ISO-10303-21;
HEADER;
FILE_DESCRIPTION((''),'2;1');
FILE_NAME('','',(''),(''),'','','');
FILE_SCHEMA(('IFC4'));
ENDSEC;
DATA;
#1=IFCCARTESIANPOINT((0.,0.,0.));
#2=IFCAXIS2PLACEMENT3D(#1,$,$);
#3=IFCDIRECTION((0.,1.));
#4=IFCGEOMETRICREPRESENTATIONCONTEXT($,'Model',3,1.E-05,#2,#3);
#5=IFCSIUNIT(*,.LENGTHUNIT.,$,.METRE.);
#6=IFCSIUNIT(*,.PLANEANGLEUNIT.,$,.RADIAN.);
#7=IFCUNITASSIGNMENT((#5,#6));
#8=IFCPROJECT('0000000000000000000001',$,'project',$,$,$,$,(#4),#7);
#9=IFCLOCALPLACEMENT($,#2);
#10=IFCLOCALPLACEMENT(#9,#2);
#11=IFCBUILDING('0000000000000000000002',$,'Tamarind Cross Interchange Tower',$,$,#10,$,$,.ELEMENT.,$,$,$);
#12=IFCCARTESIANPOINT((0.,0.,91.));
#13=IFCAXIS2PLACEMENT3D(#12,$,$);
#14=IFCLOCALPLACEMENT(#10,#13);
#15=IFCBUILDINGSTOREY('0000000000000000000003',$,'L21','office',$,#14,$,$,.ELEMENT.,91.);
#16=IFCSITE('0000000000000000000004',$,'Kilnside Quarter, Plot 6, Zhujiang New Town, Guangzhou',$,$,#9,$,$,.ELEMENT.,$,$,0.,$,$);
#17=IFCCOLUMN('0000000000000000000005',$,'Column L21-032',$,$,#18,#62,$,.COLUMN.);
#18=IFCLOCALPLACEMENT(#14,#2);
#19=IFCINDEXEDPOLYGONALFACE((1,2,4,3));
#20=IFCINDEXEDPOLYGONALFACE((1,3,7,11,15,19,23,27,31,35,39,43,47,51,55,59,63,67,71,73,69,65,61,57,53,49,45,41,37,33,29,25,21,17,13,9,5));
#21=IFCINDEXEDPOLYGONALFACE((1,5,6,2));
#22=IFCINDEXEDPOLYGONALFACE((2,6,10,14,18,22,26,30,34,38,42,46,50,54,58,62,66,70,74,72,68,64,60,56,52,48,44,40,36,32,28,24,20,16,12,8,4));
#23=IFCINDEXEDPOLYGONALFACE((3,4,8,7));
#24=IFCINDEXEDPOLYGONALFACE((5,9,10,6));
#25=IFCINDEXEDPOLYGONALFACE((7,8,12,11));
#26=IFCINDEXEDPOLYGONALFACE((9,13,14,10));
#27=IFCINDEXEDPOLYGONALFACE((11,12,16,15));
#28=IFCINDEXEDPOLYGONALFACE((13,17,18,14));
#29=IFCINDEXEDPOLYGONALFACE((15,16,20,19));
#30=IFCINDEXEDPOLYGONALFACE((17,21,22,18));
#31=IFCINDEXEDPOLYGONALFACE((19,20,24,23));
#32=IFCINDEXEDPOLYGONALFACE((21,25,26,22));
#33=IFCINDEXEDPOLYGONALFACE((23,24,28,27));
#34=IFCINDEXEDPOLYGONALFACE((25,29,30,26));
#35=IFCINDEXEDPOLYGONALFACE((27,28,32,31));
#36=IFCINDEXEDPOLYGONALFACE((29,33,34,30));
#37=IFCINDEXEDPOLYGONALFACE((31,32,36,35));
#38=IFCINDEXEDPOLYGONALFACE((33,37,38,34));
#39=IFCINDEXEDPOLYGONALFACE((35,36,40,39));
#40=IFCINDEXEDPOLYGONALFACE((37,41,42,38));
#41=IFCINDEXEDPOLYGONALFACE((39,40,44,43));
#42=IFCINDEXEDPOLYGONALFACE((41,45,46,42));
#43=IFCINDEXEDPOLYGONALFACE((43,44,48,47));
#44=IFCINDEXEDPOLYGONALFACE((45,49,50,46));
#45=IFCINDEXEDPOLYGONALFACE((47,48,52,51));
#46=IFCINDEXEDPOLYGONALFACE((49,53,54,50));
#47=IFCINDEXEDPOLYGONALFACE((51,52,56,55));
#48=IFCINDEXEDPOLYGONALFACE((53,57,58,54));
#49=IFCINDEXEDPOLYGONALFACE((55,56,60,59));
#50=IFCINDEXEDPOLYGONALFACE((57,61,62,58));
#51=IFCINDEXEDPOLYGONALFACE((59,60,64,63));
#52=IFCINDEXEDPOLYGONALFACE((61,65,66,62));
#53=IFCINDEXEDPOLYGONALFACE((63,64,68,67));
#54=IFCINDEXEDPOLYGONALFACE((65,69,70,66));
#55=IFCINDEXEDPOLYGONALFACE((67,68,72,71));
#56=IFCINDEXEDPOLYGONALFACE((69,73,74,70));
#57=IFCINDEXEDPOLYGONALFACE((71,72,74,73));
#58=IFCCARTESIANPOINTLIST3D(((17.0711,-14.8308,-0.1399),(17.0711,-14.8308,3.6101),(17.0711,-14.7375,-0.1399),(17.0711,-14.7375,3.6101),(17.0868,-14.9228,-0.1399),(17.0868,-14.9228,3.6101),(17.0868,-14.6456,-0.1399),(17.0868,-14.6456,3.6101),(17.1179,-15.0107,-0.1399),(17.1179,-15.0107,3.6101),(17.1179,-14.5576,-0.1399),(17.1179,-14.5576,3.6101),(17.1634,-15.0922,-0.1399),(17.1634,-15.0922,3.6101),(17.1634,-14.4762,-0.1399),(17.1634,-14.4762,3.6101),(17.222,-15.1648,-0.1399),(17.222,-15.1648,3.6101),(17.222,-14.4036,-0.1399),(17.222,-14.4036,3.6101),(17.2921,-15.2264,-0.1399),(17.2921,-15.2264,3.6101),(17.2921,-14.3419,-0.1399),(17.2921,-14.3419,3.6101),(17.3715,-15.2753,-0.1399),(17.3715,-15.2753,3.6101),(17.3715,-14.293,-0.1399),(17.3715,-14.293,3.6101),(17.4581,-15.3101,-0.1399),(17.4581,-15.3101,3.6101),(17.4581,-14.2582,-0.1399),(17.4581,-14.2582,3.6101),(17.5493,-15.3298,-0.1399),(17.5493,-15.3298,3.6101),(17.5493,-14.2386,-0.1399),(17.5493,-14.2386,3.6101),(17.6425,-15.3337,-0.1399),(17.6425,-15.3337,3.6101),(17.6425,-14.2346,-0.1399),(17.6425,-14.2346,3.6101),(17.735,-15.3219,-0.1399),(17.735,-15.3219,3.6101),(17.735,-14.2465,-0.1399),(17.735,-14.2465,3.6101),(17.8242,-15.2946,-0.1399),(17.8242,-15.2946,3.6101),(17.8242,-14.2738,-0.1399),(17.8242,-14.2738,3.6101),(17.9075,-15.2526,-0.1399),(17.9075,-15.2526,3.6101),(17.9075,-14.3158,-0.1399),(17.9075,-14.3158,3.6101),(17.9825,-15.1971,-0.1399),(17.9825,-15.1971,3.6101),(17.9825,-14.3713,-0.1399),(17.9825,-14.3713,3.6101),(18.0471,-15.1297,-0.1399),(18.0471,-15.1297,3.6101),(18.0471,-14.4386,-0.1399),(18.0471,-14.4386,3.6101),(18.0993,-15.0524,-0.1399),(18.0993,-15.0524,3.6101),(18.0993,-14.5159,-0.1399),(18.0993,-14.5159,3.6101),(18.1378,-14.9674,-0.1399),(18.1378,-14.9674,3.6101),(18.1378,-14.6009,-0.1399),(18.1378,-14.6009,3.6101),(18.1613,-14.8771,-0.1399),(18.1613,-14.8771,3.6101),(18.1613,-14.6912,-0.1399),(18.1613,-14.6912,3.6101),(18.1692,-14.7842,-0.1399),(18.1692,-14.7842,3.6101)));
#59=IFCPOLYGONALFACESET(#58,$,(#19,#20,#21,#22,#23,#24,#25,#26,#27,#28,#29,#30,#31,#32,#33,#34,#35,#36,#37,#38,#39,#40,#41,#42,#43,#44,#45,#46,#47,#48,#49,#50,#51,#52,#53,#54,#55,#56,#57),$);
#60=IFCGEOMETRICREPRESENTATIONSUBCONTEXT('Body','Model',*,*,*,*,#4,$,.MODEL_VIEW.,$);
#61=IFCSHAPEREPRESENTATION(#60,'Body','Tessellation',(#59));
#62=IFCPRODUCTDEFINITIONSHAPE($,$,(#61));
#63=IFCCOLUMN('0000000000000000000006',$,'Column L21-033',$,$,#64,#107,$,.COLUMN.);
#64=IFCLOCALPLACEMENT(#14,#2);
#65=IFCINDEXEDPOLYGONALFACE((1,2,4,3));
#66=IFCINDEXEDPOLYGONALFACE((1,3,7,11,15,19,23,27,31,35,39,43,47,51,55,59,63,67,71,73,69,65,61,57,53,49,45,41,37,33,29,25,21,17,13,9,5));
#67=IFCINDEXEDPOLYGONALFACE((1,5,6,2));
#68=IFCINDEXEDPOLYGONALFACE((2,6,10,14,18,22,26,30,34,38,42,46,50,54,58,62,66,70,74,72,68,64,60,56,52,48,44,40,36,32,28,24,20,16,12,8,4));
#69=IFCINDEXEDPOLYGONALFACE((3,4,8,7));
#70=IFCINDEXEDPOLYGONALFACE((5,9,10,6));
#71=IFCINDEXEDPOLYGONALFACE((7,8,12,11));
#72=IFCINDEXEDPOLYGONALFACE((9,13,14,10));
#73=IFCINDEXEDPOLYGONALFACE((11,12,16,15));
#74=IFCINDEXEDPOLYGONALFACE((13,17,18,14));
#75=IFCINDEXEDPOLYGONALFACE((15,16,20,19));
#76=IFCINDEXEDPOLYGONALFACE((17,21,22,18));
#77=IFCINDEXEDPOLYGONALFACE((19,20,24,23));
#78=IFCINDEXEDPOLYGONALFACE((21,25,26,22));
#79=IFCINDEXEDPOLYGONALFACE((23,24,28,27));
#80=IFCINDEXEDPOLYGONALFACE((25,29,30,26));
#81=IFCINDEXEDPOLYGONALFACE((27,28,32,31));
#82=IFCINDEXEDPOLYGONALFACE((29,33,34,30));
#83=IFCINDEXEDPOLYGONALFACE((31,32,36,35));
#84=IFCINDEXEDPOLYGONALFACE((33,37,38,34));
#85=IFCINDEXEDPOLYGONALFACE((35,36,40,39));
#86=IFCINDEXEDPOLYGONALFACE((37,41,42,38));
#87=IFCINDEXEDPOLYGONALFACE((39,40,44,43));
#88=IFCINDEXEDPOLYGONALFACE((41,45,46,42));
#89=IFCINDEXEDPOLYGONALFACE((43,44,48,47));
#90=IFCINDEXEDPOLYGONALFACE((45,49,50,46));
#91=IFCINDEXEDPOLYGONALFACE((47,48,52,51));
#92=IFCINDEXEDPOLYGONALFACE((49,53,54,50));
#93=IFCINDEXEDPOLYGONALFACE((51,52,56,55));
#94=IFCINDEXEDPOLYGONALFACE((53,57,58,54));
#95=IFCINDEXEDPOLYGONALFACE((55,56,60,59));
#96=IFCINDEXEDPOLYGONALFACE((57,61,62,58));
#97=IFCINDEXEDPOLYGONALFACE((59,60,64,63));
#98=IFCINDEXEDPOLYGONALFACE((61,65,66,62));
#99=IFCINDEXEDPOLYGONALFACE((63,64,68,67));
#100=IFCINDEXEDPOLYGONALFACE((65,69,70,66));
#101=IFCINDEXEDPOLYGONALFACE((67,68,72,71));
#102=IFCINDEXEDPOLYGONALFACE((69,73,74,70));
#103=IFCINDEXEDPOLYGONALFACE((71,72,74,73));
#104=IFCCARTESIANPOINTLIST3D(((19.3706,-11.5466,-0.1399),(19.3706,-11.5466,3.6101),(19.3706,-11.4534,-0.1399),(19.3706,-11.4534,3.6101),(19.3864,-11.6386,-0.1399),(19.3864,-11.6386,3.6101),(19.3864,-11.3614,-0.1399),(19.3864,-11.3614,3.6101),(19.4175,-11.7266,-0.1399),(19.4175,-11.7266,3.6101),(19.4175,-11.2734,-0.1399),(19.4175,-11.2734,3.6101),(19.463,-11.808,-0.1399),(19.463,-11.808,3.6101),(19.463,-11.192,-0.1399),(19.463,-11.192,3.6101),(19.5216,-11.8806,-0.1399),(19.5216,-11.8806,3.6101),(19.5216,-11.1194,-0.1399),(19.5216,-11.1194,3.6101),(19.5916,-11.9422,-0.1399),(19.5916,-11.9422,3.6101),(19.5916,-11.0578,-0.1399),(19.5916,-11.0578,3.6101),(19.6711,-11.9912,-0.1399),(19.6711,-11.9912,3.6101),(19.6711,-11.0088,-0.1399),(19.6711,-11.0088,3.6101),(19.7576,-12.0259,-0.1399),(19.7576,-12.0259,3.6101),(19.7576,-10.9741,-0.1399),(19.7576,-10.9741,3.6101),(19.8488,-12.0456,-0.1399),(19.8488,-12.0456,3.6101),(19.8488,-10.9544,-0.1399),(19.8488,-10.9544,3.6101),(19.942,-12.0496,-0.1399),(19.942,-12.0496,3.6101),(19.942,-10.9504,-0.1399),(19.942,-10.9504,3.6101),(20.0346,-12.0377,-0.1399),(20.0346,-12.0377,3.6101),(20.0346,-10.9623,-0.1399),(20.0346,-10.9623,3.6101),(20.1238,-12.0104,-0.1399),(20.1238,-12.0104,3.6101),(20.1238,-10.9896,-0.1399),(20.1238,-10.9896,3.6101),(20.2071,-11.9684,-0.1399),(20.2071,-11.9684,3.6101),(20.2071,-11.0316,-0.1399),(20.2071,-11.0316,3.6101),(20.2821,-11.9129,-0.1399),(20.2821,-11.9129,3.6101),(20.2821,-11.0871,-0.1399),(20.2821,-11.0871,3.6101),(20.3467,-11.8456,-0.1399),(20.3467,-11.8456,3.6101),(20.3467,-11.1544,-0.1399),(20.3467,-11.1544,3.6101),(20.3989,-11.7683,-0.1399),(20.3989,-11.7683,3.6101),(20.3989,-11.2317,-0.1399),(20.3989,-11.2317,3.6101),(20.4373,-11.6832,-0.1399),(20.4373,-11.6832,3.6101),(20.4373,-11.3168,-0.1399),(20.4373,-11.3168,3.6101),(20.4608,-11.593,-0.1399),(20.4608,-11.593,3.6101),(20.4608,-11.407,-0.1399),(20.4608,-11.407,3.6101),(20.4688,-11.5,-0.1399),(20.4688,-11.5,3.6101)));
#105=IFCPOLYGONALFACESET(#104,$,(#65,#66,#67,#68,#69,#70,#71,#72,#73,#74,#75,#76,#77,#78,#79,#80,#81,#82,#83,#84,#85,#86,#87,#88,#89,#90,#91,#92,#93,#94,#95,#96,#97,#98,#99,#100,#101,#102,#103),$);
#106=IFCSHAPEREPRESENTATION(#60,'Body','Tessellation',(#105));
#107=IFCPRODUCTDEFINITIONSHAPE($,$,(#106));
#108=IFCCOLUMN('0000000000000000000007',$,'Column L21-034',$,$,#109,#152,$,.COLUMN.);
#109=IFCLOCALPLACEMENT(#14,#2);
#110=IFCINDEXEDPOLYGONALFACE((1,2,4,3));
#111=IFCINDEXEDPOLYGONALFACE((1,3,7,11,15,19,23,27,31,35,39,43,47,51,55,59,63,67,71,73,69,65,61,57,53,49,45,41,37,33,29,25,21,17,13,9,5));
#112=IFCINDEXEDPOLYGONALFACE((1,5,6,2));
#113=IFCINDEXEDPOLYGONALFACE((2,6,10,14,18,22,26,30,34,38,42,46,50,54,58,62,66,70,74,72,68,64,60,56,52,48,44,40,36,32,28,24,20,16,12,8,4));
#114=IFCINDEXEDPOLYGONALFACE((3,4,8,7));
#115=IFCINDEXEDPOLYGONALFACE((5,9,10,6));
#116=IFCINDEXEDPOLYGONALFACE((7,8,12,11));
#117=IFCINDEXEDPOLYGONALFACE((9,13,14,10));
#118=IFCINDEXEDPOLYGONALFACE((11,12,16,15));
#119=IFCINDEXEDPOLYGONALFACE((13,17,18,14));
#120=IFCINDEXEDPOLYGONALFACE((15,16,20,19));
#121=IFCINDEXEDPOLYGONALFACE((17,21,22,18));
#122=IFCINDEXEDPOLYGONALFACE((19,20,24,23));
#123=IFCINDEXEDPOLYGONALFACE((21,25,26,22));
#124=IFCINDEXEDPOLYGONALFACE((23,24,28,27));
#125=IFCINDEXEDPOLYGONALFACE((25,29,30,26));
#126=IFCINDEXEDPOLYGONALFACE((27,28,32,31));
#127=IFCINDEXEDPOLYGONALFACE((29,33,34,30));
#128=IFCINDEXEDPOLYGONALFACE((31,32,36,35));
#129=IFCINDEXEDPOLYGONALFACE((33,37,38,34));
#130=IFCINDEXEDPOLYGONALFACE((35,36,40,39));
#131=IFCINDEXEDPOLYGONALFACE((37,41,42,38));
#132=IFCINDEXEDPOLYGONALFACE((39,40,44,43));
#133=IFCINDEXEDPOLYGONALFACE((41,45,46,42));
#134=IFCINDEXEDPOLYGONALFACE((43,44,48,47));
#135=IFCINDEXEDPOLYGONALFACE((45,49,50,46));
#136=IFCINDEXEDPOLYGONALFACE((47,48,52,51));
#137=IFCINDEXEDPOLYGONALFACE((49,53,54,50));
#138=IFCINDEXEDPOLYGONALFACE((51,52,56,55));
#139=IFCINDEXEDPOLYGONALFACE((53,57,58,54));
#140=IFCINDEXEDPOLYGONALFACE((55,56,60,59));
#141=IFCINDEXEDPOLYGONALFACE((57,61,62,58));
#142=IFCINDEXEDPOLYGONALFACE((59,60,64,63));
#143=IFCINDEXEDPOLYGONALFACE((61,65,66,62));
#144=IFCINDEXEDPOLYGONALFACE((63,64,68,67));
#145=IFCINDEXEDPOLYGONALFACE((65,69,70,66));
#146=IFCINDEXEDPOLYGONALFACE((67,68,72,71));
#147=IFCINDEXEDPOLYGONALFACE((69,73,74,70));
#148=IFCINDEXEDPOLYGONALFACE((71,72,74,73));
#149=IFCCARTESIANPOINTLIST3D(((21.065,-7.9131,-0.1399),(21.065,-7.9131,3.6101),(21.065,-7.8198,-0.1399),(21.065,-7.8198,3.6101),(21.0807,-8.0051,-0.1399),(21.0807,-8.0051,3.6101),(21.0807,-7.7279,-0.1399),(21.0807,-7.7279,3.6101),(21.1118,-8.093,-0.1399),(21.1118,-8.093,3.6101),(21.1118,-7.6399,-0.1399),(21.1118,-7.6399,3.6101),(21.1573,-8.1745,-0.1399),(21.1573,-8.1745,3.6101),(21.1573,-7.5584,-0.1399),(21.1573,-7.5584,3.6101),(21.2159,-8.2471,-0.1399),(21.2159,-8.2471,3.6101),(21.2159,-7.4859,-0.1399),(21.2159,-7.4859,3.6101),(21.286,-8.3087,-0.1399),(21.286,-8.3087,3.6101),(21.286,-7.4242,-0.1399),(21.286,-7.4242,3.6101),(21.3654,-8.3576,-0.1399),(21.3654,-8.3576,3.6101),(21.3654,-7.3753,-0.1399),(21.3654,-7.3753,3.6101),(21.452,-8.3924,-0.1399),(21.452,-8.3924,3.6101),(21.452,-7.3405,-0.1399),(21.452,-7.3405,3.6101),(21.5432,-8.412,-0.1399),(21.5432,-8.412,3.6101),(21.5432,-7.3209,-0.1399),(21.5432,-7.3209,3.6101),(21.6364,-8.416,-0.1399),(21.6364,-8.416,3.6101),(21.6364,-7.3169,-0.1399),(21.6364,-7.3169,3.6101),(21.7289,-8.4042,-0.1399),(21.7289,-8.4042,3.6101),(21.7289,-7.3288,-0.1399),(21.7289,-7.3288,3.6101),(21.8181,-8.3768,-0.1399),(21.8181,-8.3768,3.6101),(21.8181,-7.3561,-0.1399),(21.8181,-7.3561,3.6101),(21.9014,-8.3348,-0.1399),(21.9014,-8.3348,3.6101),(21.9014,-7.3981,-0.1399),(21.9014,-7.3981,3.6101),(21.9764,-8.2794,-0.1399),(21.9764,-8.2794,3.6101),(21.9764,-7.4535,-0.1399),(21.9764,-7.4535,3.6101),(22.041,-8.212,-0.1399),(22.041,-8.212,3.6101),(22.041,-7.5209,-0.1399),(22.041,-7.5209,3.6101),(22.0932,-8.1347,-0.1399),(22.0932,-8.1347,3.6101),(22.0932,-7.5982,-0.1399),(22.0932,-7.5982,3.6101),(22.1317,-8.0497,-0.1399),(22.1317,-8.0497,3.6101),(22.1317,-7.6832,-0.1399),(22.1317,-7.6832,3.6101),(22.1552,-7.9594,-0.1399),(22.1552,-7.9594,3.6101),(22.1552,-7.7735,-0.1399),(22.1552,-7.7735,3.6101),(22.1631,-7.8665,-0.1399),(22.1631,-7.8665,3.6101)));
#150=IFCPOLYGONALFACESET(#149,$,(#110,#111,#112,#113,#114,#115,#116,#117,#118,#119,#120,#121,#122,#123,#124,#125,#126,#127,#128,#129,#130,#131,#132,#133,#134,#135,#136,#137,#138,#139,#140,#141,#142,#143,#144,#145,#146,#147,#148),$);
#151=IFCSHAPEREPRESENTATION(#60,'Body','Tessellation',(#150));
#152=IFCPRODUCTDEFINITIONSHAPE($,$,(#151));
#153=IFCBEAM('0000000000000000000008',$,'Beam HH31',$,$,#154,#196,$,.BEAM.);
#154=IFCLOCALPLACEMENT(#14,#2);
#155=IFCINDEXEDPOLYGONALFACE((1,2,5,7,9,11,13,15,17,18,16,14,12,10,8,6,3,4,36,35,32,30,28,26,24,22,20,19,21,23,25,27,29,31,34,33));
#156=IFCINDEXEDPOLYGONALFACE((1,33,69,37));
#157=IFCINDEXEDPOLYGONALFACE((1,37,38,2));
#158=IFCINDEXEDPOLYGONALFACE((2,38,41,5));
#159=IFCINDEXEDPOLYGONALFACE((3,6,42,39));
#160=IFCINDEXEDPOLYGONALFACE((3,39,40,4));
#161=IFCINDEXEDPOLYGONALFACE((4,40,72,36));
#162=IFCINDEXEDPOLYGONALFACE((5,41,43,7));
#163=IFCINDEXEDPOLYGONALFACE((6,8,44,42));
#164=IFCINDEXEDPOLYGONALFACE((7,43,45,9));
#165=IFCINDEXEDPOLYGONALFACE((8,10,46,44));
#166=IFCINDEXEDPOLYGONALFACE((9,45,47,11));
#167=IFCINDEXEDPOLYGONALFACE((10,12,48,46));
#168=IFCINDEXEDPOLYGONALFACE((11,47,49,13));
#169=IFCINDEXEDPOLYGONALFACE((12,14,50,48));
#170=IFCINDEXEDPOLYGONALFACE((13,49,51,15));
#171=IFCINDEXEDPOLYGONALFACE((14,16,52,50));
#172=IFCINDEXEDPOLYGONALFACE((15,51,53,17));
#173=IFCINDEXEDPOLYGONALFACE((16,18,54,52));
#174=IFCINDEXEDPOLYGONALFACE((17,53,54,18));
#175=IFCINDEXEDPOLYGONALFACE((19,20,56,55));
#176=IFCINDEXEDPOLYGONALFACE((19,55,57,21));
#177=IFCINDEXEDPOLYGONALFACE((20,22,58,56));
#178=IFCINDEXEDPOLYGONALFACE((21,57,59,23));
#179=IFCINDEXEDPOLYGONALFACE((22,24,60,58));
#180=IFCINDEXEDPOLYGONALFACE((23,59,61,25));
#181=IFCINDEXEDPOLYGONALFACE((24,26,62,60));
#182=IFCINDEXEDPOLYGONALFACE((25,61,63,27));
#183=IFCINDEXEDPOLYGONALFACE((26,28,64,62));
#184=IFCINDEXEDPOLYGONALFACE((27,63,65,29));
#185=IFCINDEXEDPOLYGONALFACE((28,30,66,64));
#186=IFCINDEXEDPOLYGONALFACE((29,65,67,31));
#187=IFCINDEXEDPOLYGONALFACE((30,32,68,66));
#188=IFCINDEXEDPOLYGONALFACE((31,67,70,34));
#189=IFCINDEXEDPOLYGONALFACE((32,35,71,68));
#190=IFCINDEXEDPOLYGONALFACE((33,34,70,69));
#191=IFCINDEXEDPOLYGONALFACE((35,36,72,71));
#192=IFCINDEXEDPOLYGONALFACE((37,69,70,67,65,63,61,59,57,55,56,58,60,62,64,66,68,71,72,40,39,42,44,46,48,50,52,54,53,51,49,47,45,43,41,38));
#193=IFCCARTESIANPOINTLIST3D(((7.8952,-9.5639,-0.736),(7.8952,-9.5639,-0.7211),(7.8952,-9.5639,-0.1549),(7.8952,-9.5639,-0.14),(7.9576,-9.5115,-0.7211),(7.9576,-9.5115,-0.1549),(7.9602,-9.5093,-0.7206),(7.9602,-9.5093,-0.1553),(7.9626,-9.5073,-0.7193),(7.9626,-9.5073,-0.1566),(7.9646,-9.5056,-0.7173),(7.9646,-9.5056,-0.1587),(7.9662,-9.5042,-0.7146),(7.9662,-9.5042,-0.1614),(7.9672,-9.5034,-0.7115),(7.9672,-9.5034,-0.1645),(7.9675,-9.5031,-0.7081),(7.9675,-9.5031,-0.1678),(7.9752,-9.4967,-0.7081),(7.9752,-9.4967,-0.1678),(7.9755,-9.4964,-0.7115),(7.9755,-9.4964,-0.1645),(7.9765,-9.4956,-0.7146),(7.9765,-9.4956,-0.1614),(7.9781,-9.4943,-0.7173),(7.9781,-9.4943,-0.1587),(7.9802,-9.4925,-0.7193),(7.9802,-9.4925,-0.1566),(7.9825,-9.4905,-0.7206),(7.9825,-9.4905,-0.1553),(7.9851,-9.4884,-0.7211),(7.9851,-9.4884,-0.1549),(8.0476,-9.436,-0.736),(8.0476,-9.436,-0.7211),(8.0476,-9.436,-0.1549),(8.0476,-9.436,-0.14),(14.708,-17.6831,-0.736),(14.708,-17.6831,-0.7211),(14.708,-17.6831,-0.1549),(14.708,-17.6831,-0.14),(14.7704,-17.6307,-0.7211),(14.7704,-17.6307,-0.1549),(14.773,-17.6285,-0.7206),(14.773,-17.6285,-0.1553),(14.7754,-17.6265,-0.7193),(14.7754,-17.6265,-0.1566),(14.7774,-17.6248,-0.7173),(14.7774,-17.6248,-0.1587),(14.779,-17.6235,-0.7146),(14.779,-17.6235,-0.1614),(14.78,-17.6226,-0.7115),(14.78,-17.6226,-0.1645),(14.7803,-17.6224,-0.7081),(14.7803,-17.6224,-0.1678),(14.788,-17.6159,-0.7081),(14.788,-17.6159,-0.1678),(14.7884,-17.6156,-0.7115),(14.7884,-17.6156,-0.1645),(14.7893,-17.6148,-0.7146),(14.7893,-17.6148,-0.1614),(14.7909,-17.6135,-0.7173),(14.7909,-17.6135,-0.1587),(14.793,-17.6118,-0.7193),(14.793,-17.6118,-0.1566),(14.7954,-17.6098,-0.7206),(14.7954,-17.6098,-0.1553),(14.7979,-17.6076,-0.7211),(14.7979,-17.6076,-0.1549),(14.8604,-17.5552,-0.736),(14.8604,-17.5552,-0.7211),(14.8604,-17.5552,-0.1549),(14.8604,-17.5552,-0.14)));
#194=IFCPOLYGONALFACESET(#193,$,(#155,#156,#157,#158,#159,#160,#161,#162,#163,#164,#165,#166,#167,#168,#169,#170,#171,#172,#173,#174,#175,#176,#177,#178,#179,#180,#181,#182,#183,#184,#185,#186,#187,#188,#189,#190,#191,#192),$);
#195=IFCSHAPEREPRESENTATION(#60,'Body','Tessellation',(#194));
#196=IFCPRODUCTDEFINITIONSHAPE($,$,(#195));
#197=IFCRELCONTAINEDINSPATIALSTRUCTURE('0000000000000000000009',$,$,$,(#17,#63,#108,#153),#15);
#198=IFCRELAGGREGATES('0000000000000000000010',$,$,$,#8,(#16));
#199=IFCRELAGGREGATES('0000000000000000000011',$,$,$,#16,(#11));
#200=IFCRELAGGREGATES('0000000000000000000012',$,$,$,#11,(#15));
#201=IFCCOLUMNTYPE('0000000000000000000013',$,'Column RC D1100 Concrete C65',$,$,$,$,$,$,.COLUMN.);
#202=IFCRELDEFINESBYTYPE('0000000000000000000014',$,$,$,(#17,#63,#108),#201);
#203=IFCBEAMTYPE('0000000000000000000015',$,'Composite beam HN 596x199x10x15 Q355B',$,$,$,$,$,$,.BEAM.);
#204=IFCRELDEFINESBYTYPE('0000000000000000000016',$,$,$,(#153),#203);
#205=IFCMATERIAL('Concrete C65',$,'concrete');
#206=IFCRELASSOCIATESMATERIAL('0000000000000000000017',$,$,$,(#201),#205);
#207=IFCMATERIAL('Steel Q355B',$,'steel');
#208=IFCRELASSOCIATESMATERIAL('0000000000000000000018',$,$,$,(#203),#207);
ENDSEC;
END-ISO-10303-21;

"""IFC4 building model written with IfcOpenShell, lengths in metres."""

from ifc_helpers import new_model, si_unit, direction, frame, origin, origin_2d, place, context, subcontext, project, spatial, circle, i_section, extrude, material, material_profile, profile_set, type_object, element, save


model = new_model("IFC4")

# Units and contexts
model_context = context("Model", 3, precision=1e-05, world=origin(), true_north=direction((0.0, 1.0)))
body_context = subcontext(model_context, "Body", "Model", "MODEL_VIEW")
ifc_project = project(units=[si_unit("LENGTHUNIT", "METRE"), si_unit("PLANEANGLEUNIT", "RADIAN")], contexts=[model_context])

# Site, building, storey
site_placement = place(None, origin())
site = spatial("IfcSite", under=ifc_project, at=site_placement, Name="Kilnside Quarter, Plot 6, Zhujiang New Town, Guangzhou", CompositionType="ELEMENT", RefElevation=0.0)
building_placement = place(site_placement, origin())
building = spatial("IfcBuilding", under=site, at=building_placement, Name="Tamarind Cross Interchange Tower", CompositionType="ELEMENT")
storey_placement = place(building_placement, frame((0.0, 0.0, 91.0)))
storey = spatial("IfcBuildingStorey", under=building, at=storey_placement, Name="L21", Description="office", CompositionType="ELEMENT", Elevation=91.0)

# Columns
ifc_material_1 = material(Name="Concrete C65", Category="concrete")
ifc_material_profile_1 = material_profile(ifc_material_1, circle(Radius=0.55, at=origin_2d()), Name="RC D1100")
ifc_profile_set_1 = profile_set([ifc_material_profile_1], Name="Concrete C65")
column_type = type_object("IfcColumnType", Name="Column RC D1100 Concrete C65", PredefinedType="COLUMN", material=ifc_profile_set_1)
for number, where, z_axis, x_axis, name in (
    (1, (17.6191, -14.7842, -0.1399), (0.0, 0.0, 1.0), (1.0, 0.0, 0.0), "Column L21-032"),
    (2, (19.9187, -11.5, -0.1399), (0.0, 0.0, 1.0), (1.0, 0.0, 0.0), "Column L21-033"),
    (3, (21.613, -7.8665, -0.1399), (0.0, 0.0, 1.0), (1.0, 0.0, 0.0), "Column L21-034"),
):
    element("IfcColumn", number, at=place(storey_placement, frame(where, z_axis=z_axis, x_axis=x_axis)), inside=storey, type_object=column_type, Name=name, PredefinedType="COLUMN", context=body_context, shape_type="SweptSolid", body=[
        extrude(circle(Radius=0.55, at=origin_2d()), origin(), (0.0, 0.0, 1.0), 3.75),
    ])

# Beam
ifc_material_2 = material(Name="Steel Q355B", Category="steel")
ifc_material_profile_2 = material_profile(ifc_material_2, i_section(OverallWidth=0.199, OverallDepth=0.5959, WebThickness=0.01, FlangeThickness=0.0149, FilletRadius=0.0129, at=origin_2d()), Name="HN 596x199x10x15")
ifc_profile_set_2 = profile_set([ifc_material_profile_2], Name="Steel Q355B")
beam_type = type_object("IfcBeamType", Name="Composite beam HN 596x199x10x15 Q355B", PredefinedType="BEAM", material=ifc_profile_set_2)
beam_1_placement = place(storey_placement, frame((14.7842, -17.6191, -0.438), z_axis=(-0.642786, 0.766046, 0.0), x_axis=(-0.766046, -0.642786, 0.0)))
element("IfcBeam", 4, at=beam_1_placement, inside=storey, type_object=beam_type, Name="Beam HH31", PredefinedType="BEAM", context=body_context, shape_type="SweptSolid", body=[
    extrude(i_section(OverallWidth=0.199, OverallDepth=0.5959, WebThickness=0.01, FlangeThickness=0.0149, FilletRadius=0.0129, at=origin_2d()), origin(), (0.0, 0.0, 1.0), 10.5989),
])

save(model, "model.ifc")
